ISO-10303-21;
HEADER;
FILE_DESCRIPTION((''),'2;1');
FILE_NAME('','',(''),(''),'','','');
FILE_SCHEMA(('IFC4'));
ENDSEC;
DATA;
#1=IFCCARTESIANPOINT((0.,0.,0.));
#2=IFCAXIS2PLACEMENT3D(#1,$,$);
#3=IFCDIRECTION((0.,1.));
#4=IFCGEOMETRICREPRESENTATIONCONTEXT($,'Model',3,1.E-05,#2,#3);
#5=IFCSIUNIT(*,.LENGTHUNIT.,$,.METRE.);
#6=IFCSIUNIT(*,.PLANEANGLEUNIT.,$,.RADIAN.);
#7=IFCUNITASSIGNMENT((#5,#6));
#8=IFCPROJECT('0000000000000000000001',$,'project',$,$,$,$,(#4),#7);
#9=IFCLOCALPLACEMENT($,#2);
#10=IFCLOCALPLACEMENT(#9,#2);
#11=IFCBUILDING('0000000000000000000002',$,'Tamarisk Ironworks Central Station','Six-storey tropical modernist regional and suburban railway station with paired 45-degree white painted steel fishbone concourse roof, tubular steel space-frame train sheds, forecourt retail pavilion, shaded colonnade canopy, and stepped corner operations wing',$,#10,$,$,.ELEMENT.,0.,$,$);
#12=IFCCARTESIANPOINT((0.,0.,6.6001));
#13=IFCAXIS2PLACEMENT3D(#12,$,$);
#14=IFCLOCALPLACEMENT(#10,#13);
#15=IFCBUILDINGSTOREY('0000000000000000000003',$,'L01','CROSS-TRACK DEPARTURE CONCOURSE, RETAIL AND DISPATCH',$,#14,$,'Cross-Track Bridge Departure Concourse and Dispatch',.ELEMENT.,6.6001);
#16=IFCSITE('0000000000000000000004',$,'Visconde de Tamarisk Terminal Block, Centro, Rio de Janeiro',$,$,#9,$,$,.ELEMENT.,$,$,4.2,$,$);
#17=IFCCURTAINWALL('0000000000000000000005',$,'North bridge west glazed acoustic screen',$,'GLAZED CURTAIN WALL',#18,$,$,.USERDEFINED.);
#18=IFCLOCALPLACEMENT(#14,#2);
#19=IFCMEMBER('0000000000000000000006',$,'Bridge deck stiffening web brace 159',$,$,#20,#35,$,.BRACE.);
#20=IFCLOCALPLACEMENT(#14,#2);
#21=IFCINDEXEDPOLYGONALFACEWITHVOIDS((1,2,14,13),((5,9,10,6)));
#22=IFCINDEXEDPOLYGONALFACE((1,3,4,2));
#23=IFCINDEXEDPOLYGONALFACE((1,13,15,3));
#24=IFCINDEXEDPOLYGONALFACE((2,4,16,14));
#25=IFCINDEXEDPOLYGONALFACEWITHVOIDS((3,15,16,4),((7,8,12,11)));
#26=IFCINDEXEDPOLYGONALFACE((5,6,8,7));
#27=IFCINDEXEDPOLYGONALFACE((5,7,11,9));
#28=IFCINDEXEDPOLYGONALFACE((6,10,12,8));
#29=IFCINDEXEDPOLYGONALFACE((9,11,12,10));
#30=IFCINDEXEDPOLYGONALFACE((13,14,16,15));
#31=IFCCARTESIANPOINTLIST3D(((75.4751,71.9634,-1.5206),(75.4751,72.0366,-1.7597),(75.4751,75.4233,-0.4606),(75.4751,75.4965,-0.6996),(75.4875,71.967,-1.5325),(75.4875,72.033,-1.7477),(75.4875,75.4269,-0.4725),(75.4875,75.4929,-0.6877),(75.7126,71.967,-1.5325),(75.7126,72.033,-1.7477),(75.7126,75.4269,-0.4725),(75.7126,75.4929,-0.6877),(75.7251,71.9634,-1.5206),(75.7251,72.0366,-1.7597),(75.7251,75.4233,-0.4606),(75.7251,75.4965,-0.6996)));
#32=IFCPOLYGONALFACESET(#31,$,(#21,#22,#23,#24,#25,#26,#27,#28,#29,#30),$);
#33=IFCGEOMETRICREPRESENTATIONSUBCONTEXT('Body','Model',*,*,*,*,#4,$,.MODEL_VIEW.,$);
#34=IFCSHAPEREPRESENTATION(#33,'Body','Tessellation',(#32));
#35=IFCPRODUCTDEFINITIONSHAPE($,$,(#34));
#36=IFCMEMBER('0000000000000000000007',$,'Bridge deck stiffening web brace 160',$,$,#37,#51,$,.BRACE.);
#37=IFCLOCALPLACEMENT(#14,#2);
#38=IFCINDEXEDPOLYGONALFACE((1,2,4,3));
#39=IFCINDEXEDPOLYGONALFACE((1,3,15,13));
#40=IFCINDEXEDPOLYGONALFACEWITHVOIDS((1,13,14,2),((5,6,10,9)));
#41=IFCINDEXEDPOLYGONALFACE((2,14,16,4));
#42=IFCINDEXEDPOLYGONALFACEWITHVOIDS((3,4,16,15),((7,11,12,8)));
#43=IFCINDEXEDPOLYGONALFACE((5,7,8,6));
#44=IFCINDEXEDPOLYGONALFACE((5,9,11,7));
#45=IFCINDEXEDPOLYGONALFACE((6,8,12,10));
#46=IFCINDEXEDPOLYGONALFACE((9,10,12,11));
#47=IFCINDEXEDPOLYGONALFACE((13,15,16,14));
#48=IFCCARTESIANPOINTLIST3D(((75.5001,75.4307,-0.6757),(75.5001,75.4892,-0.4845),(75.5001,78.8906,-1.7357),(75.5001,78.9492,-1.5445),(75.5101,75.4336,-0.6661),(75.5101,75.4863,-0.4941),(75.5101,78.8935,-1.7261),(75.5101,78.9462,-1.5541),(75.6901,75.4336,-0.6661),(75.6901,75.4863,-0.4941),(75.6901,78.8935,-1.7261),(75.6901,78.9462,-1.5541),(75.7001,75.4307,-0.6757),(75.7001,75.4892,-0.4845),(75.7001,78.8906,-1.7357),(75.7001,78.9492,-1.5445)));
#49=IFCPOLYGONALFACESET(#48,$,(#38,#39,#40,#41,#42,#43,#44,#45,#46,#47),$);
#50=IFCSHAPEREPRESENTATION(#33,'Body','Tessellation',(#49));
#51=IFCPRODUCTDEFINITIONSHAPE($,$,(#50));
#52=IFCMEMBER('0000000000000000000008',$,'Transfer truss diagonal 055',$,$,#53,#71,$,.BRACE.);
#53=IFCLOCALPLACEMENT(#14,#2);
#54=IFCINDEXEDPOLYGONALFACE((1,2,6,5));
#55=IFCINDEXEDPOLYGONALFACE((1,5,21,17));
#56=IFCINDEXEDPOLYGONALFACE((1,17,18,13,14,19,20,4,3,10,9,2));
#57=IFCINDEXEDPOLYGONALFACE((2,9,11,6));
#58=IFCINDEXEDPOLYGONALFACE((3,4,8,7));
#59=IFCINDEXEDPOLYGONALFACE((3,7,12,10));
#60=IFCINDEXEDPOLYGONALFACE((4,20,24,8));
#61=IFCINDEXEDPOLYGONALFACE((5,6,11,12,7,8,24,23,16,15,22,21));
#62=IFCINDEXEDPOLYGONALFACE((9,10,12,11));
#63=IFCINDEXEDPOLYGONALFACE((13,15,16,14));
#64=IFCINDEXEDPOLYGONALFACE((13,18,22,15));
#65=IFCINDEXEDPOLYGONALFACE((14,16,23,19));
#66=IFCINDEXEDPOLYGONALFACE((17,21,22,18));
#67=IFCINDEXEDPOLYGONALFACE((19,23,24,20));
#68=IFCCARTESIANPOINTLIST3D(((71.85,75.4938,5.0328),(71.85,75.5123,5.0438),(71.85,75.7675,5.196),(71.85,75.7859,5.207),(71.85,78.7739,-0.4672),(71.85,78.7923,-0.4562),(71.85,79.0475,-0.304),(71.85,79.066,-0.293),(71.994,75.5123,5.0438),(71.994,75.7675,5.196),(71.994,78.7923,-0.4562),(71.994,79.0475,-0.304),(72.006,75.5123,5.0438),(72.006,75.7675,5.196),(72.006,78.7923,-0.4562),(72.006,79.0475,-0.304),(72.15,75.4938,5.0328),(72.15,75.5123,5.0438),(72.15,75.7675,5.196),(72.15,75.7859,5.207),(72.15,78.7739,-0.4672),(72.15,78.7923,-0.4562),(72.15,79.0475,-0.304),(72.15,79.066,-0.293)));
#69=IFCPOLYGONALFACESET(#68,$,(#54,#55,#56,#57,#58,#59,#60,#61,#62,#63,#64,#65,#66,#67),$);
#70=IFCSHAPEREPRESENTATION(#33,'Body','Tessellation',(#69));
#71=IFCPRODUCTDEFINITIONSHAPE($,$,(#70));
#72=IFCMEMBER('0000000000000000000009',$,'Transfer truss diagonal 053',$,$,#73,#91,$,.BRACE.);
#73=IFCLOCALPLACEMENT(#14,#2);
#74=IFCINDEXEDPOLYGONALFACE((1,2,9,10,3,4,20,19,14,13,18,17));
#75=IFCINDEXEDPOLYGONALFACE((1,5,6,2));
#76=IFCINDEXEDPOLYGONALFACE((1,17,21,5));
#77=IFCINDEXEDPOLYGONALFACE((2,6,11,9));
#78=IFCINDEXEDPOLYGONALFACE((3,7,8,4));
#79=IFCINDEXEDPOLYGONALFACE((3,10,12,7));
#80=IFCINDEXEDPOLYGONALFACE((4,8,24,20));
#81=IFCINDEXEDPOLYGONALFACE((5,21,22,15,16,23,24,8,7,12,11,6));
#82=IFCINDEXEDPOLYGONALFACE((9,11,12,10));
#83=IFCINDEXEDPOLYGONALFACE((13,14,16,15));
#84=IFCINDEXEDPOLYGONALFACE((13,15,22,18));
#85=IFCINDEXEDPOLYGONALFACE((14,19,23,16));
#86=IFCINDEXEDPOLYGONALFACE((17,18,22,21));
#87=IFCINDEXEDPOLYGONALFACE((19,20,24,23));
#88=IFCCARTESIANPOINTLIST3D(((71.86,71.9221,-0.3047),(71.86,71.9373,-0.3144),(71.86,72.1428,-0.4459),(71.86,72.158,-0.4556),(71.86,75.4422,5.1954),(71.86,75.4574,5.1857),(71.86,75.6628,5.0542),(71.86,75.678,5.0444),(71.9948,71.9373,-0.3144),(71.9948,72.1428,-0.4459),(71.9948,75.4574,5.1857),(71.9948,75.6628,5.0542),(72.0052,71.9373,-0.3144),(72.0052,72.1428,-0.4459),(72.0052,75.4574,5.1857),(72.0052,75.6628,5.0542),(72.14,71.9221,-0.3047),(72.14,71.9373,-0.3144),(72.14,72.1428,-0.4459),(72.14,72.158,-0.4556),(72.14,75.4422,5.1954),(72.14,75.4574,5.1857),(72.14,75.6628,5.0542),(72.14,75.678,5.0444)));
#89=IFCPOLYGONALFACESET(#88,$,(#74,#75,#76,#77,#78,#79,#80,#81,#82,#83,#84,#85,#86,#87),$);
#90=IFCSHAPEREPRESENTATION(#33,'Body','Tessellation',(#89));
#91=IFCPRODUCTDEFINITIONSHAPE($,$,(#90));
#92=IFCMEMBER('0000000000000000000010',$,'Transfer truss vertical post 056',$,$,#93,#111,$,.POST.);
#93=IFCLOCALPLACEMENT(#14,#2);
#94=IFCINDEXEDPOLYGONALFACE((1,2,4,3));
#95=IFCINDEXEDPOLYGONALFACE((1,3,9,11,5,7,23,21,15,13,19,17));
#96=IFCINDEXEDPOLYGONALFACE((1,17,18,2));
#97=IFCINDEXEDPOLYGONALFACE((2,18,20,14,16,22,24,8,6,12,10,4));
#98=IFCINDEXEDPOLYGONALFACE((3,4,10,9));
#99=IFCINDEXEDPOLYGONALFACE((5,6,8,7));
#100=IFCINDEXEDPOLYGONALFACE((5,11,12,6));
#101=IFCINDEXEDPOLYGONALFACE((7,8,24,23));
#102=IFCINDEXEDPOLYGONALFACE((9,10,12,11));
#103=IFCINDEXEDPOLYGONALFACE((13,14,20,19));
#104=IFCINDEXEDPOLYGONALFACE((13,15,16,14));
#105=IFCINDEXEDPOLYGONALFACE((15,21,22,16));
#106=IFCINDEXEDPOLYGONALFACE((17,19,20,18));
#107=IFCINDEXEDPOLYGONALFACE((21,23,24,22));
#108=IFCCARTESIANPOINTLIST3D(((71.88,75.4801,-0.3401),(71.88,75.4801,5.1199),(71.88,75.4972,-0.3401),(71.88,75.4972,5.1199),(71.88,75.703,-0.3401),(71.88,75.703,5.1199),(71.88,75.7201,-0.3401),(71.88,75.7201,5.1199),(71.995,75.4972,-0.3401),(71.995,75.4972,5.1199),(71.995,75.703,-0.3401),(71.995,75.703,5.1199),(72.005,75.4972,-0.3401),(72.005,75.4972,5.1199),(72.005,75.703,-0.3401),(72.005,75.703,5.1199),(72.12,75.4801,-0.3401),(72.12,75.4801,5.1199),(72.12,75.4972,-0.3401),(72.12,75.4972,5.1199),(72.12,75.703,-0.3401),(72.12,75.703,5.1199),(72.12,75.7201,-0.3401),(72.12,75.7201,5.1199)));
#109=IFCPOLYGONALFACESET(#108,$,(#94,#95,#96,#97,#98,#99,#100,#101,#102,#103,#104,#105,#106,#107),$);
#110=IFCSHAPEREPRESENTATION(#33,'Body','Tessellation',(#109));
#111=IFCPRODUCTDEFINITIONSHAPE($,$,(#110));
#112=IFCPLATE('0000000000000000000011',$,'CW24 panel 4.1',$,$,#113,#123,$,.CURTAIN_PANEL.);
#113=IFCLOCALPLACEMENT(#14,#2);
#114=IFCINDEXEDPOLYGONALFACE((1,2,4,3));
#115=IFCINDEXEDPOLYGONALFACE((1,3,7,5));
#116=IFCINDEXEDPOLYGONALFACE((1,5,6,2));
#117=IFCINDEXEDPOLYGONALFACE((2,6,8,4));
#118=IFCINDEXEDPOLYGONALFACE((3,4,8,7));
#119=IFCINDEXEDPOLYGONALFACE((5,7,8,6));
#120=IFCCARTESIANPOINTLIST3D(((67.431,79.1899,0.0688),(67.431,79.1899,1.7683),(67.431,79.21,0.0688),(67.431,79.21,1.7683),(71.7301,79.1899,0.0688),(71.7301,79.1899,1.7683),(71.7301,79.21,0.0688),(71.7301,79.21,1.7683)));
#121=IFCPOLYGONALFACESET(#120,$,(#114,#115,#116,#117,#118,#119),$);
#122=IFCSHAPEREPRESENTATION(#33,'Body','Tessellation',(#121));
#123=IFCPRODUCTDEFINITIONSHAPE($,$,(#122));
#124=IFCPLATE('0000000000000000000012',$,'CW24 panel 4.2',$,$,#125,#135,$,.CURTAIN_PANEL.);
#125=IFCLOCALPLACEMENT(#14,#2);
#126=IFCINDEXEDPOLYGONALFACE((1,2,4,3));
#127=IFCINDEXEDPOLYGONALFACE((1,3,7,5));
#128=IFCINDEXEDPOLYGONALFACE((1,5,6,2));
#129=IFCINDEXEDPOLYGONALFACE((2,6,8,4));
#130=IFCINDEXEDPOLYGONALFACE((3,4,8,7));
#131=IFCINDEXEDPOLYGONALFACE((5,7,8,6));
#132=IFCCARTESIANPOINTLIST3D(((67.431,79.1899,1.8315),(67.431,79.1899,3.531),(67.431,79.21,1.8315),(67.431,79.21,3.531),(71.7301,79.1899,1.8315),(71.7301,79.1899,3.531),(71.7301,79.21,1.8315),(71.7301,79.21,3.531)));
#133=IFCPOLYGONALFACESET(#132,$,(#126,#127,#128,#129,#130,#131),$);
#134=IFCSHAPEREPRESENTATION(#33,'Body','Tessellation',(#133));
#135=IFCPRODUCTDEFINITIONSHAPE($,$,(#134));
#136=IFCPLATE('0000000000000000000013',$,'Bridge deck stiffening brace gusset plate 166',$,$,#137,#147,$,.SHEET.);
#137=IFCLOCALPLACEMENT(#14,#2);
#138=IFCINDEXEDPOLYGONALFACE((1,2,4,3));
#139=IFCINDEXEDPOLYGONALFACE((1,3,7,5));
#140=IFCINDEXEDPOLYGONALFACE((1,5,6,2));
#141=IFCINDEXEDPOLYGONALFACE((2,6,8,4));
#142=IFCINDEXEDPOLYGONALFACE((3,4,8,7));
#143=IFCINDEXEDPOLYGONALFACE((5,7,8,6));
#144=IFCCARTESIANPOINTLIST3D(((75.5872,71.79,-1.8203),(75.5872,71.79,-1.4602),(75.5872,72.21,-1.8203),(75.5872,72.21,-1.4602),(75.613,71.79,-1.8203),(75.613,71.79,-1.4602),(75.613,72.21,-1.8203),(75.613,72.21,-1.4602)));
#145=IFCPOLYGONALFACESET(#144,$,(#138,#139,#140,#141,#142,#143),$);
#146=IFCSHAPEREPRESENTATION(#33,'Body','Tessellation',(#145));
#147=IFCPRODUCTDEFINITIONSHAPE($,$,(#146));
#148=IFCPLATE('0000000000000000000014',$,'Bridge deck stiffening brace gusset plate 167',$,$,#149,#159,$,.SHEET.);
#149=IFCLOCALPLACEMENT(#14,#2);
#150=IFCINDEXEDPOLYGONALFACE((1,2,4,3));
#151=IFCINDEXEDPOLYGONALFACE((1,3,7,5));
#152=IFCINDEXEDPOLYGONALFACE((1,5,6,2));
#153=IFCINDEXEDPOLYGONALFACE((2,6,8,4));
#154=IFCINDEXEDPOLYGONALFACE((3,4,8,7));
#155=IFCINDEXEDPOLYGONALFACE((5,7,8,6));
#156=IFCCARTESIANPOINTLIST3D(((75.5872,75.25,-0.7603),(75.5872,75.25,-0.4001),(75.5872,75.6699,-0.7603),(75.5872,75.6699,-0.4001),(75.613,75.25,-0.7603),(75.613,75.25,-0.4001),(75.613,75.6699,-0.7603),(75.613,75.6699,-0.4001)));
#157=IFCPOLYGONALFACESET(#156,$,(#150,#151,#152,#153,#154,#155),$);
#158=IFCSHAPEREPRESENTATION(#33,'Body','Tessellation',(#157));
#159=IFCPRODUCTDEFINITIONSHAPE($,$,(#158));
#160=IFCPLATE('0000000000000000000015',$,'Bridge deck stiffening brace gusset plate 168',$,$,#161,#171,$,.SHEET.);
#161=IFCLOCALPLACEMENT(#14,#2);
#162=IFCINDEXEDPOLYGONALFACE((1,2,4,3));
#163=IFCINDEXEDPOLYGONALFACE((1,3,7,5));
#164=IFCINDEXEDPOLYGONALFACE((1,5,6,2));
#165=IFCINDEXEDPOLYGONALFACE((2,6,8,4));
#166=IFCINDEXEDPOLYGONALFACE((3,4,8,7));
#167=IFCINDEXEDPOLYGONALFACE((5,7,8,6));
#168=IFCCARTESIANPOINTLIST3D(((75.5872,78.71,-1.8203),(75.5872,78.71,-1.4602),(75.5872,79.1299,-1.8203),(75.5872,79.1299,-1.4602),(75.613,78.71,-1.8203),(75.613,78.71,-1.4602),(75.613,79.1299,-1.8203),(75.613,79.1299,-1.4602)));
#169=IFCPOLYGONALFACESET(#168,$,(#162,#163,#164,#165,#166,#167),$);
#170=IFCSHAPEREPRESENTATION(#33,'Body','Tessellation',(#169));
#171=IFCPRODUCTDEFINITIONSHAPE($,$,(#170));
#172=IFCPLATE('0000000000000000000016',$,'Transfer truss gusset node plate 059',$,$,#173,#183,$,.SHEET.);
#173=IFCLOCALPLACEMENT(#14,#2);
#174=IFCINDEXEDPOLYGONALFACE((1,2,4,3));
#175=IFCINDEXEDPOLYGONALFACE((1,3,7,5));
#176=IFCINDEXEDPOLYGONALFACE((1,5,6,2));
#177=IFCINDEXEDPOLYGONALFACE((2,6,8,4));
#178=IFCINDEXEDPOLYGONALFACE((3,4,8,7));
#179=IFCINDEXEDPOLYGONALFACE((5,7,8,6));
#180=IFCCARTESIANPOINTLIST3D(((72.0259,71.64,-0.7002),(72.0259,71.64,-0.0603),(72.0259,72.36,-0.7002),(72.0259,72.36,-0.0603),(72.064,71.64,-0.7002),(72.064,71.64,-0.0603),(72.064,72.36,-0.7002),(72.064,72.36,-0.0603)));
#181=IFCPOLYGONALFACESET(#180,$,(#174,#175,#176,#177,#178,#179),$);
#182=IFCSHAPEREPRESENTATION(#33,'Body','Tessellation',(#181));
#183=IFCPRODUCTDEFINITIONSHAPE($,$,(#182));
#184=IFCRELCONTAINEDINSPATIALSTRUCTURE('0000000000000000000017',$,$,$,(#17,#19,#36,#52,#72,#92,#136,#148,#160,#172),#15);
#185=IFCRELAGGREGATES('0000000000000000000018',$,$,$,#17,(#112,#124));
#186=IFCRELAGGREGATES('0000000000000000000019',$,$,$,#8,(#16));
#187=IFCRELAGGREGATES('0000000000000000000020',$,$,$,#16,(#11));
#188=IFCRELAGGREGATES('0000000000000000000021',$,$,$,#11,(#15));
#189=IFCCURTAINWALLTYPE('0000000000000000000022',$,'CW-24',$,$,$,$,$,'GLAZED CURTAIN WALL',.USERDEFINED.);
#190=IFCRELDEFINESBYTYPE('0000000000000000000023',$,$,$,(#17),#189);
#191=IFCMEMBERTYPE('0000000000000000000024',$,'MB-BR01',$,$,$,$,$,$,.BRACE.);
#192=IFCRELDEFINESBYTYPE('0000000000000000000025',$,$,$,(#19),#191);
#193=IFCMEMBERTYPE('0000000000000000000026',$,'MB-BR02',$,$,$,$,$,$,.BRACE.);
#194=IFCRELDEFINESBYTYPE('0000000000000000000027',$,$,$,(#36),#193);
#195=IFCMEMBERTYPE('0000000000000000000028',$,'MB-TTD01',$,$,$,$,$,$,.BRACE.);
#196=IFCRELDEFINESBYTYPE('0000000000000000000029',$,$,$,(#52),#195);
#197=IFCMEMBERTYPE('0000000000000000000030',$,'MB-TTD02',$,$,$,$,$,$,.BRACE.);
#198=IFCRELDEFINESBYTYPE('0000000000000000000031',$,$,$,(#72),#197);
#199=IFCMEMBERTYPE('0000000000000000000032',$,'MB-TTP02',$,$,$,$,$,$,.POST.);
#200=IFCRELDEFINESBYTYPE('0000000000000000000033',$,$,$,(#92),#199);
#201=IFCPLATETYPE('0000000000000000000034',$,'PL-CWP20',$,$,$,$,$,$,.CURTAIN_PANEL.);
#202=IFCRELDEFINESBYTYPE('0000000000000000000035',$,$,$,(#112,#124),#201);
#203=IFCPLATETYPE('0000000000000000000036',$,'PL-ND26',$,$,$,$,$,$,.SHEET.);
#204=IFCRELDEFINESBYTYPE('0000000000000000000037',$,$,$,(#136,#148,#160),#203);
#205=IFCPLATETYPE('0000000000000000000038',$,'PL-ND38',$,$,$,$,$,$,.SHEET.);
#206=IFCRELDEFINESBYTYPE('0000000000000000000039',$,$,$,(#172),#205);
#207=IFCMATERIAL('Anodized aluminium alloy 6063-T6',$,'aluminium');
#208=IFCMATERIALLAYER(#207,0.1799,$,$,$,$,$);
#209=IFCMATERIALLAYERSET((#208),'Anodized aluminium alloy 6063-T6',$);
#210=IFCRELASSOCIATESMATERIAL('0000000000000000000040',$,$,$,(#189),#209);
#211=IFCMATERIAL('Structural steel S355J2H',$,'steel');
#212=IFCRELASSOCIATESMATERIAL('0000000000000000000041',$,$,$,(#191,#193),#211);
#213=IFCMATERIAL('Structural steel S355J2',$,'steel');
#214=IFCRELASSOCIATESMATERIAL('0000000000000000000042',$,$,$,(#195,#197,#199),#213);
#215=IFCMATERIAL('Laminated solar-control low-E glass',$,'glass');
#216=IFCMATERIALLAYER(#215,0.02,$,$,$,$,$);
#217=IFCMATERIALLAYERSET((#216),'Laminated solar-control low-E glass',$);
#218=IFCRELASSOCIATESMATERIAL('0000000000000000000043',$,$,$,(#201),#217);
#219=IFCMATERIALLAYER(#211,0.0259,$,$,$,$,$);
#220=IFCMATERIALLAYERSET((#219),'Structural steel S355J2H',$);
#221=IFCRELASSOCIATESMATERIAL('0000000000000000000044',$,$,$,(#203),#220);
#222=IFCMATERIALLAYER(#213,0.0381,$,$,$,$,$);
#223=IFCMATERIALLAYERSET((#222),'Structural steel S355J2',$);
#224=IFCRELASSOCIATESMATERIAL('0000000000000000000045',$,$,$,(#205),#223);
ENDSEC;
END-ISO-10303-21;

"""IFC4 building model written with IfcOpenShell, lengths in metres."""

from ifc_helpers import new_model, si_unit, direction, frame, origin, origin_2d, place, context, subcontext, project, spatial, rectangle, hollow_rectangle, i_section, extrude, material, layer, layer_set, material_profile, profile_set, type_object, element, aggregate, save


model = new_model("IFC4")

# Units and contexts
model_context = context("Model", 3, precision=1e-05, world=origin(), true_north=direction((0.0, 1.0)))
body_context = subcontext(model_context, "Body", "Model", "MODEL_VIEW")
ifc_project = project(units=[si_unit("LENGTHUNIT", "METRE"), si_unit("PLANEANGLEUNIT", "RADIAN")], contexts=[model_context])

# Site, building, storey
site_placement = place(None, origin())
site = spatial("IfcSite", under=ifc_project, at=site_placement, Name="Visconde de Tamarisk Terminal Block, Centro, Rio de Janeiro", CompositionType="ELEMENT", RefElevation=4.2)
building_placement = place(site_placement, origin())
building = spatial("IfcBuilding", under=site, at=building_placement, Name="Tamarisk Ironworks Central Station", Description="Six-storey tropical modernist regional and suburban railway station with paired 45-degree white painted steel fishbone concourse roof, tubular steel space-frame train sheds, forecourt retail pavilion, shaded colonnade canopy, and stepped corner operations wing", CompositionType="ELEMENT", ElevationOfRefHeight=0.0)
storey_placement = place(building_placement, frame((0.0, 0.0, 6.6001)))
storey = spatial("IfcBuildingStorey", under=building, at=storey_placement, Name="L01", Description="CROSS-TRACK DEPARTURE CONCOURSE, RETAIL AND DISPATCH", LongName="Cross-Track Bridge Departure Concourse and Dispatch", CompositionType="ELEMENT", Elevation=6.6001)

# Shared definitions
ifc_material_1 = material(Name="Structural steel S355J2", Category="steel")

# Curtain wall
ifc_material_2 = material(Name="Anodized aluminium alloy 6063-T6", Category="aluminium")
ifc_layer_1 = layer(ifc_material_2, 0.1799)
ifc_layer_set_1 = layer_set([ifc_layer_1], Name="Anodized aluminium alloy 6063-T6")
curtain_wall_type = type_object("IfcCurtainWallType", Name="CW-24", ElementType="GLAZED CURTAIN WALL", PredefinedType="USERDEFINED", material=ifc_layer_set_1)
curtain_wall_placement = place(storey_placement, origin())
curtain_wall = element("IfcCurtainWall", 1, at=curtain_wall_placement, inside=storey, type_object=curtain_wall_type, Name="North bridge west glazed acoustic screen", ObjectType="GLAZED CURTAIN WALL", PredefinedType="USERDEFINED")

# Members
ifc_material_3 = material(Name="Structural steel S355J2H", Category="steel")
ifc_material_profile_1 = material_profile(ifc_material_3, hollow_rectangle(XDim=0.25, YDim=0.25, WallThickness=0.0125, at=origin_2d()), Name="SHS 250x250x12.5")
ifc_profile_set_1 = profile_set([ifc_material_profile_1], Name="Structural steel S355J2H")
member_type_1 = type_object("IfcMemberType", Name="MB-BR01", PredefinedType="BRACE", material=ifc_profile_set_1)
member_1_placement = place(storey_placement, frame((75.6001, 72.0, -1.6401), z_axis=(0.0, 0.956131, 0.292938), x_axis=(-1.0, 0.0, 0.0)))
element("IfcMember", 2, at=member_1_placement, inside=storey, type_object=member_type_1, Name="Bridge deck stiffening web brace 159", PredefinedType="BRACE", context=body_context, shape_type="SweptSolid", body=[
    extrude(hollow_rectangle(XDim=0.25, YDim=0.25, WallThickness=0.0125, at=origin_2d()), origin(), (0.0, 0.0, 1.0), 3.6187),
])
ifc_material_profile_2 = material_profile(ifc_material_3, hollow_rectangle(XDim=0.2, YDim=0.2, WallThickness=0.01, at=origin_2d()), Name="SHS 200x200x10")
ifc_profile_set_2 = profile_set([ifc_material_profile_2], Name="Structural steel S355J2H")
member_type_2 = type_object("IfcMemberType", Name="MB-BR02", PredefinedType="BRACE", material=ifc_profile_set_2)
member_2_placement = place(storey_placement, frame((75.6001, 75.46, -0.5801), z_axis=(0.0, 0.956131, -0.292938), x_axis=(-1.0, 0.0, 0.0)))
element("IfcMember", 3, at=member_2_placement, inside=storey, type_object=member_type_2, Name="Bridge deck stiffening web brace 160", PredefinedType="BRACE", context=body_context, shape_type="SweptSolid", body=[
    extrude(hollow_rectangle(XDim=0.2, YDim=0.2, WallThickness=0.01, at=origin_2d()), origin(), (0.0, 0.0, 1.0), 3.6187),
])
ifc_material_profile_3 = material_profile(ifc_material_1, i_section(OverallWidth=0.3, OverallDepth=0.3401, WebThickness=0.012, FlangeThickness=0.0215, at=origin_2d()), Name="HEB 340")
ifc_profile_set_3 = profile_set([ifc_material_profile_3], Name="Structural steel S355J2")
member_type_3 = type_object("IfcMemberType", Name="MB-TTD01", PredefinedType="BRACE", material=ifc_profile_set_3)
member_3_placement = place(storey_placement, frame((72.0, 75.6399, 5.1199), z_axis=(0.0, 0.512201, -0.858866), x_axis=(-1.0, 0.0, 0.0)))
element("IfcMember", 4, at=member_3_placement, inside=storey, type_object=member_type_3, Name="Transfer truss diagonal 055", PredefinedType="BRACE", context=body_context, shape_type="SweptSolid", body=[
    extrude(i_section(OverallWidth=0.3, OverallDepth=0.3401, WebThickness=0.012, FlangeThickness=0.0215, at=origin_2d()), origin(), (0.0, 0.0, 1.0), 6.4038),
])
ifc_material_profile_4 = material_profile(ifc_material_1, i_section(OverallWidth=0.28, OverallDepth=0.28, WebThickness=0.0105, FlangeThickness=0.0181, at=origin_2d()), Name="HEB 280")
ifc_profile_set_4 = profile_set([ifc_material_profile_4], Name="Structural steel S355J2")
member_type_4 = type_object("IfcMemberType", Name="MB-TTD02", PredefinedType="BRACE", material=ifc_profile_set_4)
member_4_placement = place(storey_placement, frame((72.0, 72.04, -0.3801), z_axis=(0.0, 0.539056, 0.84227), x_axis=(-1.0, 0.0, 0.0)))
element("IfcMember", 5, at=member_4_placement, inside=storey, type_object=member_type_4, Name="Transfer truss diagonal 053", PredefinedType="BRACE", context=body_context, shape_type="SweptSolid", body=[
    extrude(i_section(OverallWidth=0.28, OverallDepth=0.28, WebThickness=0.0105, FlangeThickness=0.0181, at=origin_2d()), origin(), (0.0, 0.0, 1.0), 6.53),
])
ifc_material_profile_5 = material_profile(ifc_material_1, i_section(OverallWidth=0.24, OverallDepth=0.24, WebThickness=0.01, FlangeThickness=0.0171, at=origin_2d()), Name="HEB 240")
ifc_profile_set_5 = profile_set([ifc_material_profile_5], Name="Structural steel S355J2")
member_type_5 = type_object("IfcMemberType", Name="MB-TTP02", PredefinedType="POST", material=ifc_profile_set_5)
member_5_placement = place(storey_placement, frame((72.0, 75.6001, -0.3401), z_axis=(0.0, 0.0, 1.0), x_axis=(1.0, 0.0, 0.0)))
element("IfcMember", 6, at=member_5_placement, inside=storey, type_object=member_type_5, Name="Transfer truss vertical post 056", PredefinedType="POST", context=body_context, shape_type="SweptSolid", body=[
    extrude(i_section(OverallWidth=0.24, OverallDepth=0.24, WebThickness=0.01, FlangeThickness=0.0171, at=origin_2d()), origin(), (0.0, 0.0, 1.0), 5.46),
])

# Plates
ifc_material_4 = material(Name="Laminated solar-control low-E glass", Category="glass")
ifc_layer_2 = layer(ifc_material_4, 0.02)
ifc_layer_set_2 = layer_set([ifc_layer_2], Name="Laminated solar-control low-E glass")
plate_type_1 = type_object("IfcPlateType", Name="PL-CWP20", PredefinedType="CURTAIN_PANEL", material=ifc_layer_set_2)
plate_1_placement = place(storey_placement, frame((69.5806, 79.2, 0.0688), z_axis=(0.0, 0.0, 1.0), x_axis=(1.0, 0.0, 0.0)))
plate_1 = element("IfcPlate", 7, at=plate_1_placement, type_object=plate_type_1, Name="CW24 panel 4.1", PredefinedType="CURTAIN_PANEL", context=body_context, shape_type="SweptSolid", body=[
    extrude(rectangle(XDim=4.2991, YDim=0.02, at=origin_2d()), origin(), (0.0, 0.0, 1.0), 1.6995),
])
plate_2_placement = place(storey_placement, frame((69.5806, 79.2, 1.8315), z_axis=(0.0, 0.0, 1.0), x_axis=(1.0, 0.0, 0.0)))
plate_2 = element("IfcPlate", 8, at=plate_2_placement, type_object=plate_type_1, Name="CW24 panel 4.2", PredefinedType="CURTAIN_PANEL", context=body_context, shape_type="SweptSolid", body=[
    extrude(rectangle(XDim=4.2991, YDim=0.02, at=origin_2d()), origin(), (0.0, 0.0, 1.0), 1.6995),
])
aggregate(curtain_wall, [plate_1, plate_2])

# Plates
ifc_layer_3 = layer(ifc_material_3, 0.0259)
ifc_layer_set_3 = layer_set([ifc_layer_3], Name="Structural steel S355J2H")
plate_type_2 = type_object("IfcPlateType", Name="PL-ND26", PredefinedType="SHEET", material=ifc_layer_set_3)
for number, where, z_axis, x_axis, name in (
    (9, (75.6001, 72.0, -1.8203), (0.0, 0.0, 1.0), (1.0, 0.0, 0.0), "Bridge deck stiffening brace gusset plate 166"),
    (10, (75.6001, 75.46, -0.7603), (0.0, 0.0, 1.0), (1.0, 0.0, 0.0), "Bridge deck stiffening brace gusset plate 167"),
    (11, (75.6001, 78.9199, -1.8203), (0.0, 0.0, 1.0), (1.0, 0.0, 0.0), "Bridge deck stiffening brace gusset plate 168"),
):
    element("IfcPlate", number, at=place(storey_placement, frame(where, z_axis=z_axis, x_axis=x_axis)), inside=storey, type_object=plate_type_2, Name=name, PredefinedType="SHEET", context=body_context, shape_type="SweptSolid", body=[
        extrude(rectangle(XDim=0.0259, YDim=0.4199, at=origin_2d()), origin(), (0.0, 0.0, 1.0), 0.3601),
    ])
ifc_layer_4 = layer(ifc_material_1, 0.0381)
ifc_layer_set_4 = layer_set([ifc_layer_4], Name="Structural steel S355J2")
plate_type_3 = type_object("IfcPlateType", Name="PL-ND38", PredefinedType="SHEET", material=ifc_layer_set_4)
for number, where, z_axis, x_axis, name in (
    (12, (72.0449, 72.0, -0.7002), (0.0, 0.0, 1.0), (1.0, 0.0, 0.0), "Transfer truss gusset node plate 059"),
):
    element("IfcPlate", number, at=place(storey_placement, frame(where, z_axis=z_axis, x_axis=x_axis)), inside=storey, type_object=plate_type_3, Name=name, PredefinedType="SHEET", context=body_context, shape_type="SweptSolid", body=[
        extrude(rectangle(XDim=0.0381, YDim=0.72, at=origin_2d()), origin(), (0.0, 0.0, 1.0), 0.6399),
    ])

save(model, "model.ifc")
